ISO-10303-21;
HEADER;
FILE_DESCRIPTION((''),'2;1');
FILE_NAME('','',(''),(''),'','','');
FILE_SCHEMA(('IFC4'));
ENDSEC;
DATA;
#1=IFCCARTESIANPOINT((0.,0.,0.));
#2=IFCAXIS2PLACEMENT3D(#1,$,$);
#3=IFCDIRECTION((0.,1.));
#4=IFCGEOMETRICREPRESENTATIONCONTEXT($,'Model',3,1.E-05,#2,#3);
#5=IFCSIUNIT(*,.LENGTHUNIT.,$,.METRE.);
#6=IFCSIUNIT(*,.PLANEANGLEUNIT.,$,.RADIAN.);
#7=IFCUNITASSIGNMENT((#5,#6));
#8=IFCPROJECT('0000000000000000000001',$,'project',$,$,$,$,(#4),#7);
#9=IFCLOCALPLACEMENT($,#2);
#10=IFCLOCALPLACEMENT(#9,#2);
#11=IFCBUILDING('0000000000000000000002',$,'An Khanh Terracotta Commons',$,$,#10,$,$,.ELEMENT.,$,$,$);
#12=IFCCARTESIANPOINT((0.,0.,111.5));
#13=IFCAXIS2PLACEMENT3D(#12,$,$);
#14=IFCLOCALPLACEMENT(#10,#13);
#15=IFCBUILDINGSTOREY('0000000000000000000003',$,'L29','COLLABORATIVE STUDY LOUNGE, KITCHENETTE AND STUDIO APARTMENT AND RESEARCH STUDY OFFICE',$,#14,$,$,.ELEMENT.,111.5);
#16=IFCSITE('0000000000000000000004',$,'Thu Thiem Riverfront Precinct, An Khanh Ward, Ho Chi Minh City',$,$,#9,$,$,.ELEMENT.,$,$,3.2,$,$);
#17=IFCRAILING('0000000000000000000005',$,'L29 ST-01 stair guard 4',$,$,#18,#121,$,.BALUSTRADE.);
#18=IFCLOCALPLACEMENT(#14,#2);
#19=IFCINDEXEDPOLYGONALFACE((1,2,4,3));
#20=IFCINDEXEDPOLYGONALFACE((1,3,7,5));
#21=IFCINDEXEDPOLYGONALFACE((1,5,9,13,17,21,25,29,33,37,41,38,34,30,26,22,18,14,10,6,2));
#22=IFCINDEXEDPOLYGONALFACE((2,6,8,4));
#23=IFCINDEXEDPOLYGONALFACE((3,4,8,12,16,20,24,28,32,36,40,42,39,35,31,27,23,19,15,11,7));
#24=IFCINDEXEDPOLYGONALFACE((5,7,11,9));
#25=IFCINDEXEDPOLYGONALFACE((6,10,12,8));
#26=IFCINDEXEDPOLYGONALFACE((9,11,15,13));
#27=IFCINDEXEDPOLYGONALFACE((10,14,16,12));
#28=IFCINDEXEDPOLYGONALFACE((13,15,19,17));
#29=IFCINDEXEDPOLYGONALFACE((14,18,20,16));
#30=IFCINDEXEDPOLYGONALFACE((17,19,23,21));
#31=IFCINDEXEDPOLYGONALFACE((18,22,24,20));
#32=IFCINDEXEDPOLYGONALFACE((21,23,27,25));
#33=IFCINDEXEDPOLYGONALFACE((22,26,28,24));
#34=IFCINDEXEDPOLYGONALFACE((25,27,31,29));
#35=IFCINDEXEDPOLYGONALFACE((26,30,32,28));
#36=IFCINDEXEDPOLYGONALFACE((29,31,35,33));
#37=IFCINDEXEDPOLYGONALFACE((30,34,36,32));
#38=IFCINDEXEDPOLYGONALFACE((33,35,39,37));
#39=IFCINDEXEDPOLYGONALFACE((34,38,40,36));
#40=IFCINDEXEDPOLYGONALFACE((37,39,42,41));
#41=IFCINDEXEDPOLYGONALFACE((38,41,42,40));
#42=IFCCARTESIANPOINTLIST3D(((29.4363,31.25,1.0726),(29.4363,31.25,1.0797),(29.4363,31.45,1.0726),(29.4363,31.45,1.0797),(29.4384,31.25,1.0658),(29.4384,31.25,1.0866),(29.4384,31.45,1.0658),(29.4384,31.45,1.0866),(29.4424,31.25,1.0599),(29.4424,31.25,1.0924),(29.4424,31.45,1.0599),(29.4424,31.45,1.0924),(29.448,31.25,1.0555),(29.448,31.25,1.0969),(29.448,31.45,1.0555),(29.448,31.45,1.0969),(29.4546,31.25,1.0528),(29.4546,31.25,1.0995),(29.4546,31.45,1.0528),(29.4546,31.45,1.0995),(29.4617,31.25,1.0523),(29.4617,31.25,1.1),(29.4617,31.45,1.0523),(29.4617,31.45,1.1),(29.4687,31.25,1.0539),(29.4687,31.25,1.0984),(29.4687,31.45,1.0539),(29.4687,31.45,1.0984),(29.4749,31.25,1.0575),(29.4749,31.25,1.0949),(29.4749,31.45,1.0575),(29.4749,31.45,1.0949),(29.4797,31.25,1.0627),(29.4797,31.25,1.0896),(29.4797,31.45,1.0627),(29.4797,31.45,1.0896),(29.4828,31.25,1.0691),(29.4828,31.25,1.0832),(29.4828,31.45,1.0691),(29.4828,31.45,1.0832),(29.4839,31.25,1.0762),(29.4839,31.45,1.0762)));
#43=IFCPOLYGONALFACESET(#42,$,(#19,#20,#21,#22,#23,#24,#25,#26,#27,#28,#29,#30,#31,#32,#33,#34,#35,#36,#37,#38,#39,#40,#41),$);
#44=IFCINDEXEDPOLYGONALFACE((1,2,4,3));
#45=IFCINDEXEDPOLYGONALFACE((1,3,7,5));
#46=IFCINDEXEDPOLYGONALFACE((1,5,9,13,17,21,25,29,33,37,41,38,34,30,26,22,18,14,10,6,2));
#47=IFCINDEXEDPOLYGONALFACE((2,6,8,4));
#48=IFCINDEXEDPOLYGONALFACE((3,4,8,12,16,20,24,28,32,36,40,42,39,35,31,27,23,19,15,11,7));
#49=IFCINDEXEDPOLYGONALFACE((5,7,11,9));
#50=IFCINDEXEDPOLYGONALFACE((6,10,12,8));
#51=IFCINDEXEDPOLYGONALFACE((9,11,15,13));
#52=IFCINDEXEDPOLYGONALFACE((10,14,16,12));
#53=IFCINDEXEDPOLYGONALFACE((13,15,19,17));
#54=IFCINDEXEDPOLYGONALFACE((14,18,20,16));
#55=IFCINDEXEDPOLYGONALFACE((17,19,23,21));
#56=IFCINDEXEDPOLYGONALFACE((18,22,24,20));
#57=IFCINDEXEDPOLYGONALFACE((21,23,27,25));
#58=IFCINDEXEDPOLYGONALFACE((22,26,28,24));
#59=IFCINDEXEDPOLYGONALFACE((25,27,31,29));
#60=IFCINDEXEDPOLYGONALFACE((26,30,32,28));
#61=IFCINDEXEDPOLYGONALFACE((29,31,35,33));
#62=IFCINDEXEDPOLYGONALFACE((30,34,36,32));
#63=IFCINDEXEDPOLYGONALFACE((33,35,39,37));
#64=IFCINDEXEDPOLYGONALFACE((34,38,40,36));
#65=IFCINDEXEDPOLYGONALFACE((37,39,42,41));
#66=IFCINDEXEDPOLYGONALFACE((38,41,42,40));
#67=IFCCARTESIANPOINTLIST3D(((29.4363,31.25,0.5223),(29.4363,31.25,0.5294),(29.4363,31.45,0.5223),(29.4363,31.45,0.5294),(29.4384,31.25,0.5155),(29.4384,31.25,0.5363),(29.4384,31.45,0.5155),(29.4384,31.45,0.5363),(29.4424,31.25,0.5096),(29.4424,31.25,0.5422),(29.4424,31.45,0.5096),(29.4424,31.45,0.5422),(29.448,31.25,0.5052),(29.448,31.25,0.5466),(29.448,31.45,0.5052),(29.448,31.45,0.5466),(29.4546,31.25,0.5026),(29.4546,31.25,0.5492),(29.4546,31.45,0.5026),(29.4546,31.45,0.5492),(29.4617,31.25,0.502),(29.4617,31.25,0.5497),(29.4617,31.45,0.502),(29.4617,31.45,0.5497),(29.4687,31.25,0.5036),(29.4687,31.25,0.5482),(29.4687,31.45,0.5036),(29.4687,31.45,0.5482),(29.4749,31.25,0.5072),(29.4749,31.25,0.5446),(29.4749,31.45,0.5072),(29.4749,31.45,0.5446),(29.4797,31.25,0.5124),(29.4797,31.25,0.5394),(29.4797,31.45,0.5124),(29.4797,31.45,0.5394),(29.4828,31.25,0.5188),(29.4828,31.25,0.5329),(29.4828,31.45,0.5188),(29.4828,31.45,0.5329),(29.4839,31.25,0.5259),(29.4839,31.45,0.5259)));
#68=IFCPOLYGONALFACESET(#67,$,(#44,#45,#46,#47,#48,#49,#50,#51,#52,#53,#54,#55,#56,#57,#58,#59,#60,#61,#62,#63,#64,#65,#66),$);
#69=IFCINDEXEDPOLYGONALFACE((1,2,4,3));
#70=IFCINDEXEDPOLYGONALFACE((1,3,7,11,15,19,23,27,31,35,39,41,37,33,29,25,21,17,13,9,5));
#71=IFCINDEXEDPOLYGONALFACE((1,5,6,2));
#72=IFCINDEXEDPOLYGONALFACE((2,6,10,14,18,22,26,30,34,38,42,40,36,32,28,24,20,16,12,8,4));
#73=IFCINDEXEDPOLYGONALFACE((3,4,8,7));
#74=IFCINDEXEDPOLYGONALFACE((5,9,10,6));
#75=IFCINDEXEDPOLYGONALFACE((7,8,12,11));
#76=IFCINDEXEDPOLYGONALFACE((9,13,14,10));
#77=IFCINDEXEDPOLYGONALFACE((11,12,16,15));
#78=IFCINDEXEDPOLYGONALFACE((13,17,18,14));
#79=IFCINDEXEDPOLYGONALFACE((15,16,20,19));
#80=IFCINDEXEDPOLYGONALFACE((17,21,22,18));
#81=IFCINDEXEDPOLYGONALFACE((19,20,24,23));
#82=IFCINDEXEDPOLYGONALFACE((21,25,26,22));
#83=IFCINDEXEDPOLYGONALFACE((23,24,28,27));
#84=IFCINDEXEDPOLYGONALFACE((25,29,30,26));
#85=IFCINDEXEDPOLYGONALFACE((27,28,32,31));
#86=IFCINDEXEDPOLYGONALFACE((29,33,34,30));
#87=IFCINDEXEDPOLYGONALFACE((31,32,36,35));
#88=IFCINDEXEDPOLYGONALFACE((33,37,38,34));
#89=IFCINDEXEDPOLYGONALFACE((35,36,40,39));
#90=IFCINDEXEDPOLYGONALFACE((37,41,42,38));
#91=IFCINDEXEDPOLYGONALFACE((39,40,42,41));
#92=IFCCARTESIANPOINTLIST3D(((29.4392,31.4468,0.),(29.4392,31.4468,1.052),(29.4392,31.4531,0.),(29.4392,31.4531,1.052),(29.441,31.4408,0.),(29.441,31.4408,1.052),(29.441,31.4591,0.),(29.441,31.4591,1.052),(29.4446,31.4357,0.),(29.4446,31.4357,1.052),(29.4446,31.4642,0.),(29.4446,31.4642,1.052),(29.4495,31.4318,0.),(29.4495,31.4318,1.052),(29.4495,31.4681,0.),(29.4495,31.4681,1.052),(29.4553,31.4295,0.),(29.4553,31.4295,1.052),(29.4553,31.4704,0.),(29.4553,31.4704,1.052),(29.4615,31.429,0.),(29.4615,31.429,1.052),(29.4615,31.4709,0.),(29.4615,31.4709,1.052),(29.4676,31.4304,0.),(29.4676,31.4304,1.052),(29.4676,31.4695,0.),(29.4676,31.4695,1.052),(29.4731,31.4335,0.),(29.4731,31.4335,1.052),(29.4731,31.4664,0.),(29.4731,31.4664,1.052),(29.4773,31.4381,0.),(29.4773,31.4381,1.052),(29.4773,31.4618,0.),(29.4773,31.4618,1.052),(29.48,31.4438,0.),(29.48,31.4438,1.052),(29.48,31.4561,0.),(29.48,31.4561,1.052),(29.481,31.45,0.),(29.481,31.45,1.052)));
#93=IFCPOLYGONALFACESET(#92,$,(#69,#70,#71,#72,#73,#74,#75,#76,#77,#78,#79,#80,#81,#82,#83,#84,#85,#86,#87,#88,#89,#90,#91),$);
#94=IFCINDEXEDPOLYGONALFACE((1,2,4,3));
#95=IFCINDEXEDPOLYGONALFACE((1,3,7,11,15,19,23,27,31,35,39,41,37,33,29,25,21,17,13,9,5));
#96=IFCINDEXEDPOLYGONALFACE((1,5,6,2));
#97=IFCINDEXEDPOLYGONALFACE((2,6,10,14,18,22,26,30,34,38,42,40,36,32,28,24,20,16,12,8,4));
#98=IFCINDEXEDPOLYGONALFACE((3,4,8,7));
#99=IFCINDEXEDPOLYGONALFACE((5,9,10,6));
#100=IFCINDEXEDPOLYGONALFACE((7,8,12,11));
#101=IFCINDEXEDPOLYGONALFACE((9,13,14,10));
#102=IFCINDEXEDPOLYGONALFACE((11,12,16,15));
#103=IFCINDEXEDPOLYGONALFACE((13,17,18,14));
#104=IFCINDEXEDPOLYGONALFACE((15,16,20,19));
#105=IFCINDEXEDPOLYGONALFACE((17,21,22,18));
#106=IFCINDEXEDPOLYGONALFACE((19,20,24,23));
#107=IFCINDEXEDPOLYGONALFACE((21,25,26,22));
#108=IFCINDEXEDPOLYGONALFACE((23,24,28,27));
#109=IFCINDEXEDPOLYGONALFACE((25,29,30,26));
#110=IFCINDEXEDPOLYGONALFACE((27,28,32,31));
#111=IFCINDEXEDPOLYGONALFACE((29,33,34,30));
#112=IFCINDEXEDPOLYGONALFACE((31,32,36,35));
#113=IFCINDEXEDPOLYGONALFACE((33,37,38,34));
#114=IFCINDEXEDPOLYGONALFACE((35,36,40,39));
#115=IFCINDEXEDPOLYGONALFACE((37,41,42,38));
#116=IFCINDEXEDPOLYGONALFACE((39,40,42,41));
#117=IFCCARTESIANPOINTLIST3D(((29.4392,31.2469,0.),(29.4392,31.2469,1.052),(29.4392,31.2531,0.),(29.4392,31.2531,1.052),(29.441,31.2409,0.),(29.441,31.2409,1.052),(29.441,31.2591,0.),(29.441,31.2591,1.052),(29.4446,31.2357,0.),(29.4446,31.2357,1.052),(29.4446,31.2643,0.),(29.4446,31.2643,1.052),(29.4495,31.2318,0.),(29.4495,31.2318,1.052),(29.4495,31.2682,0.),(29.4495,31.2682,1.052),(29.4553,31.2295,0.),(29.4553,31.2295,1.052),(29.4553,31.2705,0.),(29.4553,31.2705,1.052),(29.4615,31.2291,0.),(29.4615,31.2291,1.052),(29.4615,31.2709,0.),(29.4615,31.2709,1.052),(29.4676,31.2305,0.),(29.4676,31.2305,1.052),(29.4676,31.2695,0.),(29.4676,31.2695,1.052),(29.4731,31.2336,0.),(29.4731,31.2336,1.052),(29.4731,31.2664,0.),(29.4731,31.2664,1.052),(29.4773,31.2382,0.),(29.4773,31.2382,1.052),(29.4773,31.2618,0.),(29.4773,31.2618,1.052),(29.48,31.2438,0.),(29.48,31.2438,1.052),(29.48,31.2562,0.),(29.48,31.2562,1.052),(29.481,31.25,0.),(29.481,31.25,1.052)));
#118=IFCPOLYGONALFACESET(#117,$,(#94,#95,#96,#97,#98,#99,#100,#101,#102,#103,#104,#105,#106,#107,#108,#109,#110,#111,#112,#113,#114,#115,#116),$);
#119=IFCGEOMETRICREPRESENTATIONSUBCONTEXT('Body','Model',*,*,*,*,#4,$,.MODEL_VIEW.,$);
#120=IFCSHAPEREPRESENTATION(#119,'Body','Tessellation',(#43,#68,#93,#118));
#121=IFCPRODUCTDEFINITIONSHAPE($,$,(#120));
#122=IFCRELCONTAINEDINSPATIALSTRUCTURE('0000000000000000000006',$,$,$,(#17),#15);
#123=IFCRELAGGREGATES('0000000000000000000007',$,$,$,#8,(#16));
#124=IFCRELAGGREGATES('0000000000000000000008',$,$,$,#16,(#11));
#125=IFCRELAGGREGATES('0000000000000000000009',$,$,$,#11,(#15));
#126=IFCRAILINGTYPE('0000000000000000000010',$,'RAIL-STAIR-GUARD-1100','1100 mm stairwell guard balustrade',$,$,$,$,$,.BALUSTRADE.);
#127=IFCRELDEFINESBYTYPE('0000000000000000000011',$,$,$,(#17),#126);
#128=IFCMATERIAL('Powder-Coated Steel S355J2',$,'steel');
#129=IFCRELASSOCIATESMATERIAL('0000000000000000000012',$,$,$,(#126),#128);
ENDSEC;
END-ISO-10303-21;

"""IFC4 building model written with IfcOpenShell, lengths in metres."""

from ifc_helpers import new_model, si_unit, direction, frame, origin, origin_2d, place, context, subcontext, project, spatial, circle, extrude, material, type_object, element, save


model = new_model("IFC4")

# Units and contexts
model_context = context("Model", 3, precision=1e-05, world=origin(), true_north=direction((0.0, 1.0)))
body_context = subcontext(model_context, "Body", "Model", "MODEL_VIEW")
ifc_project = project(units=[si_unit("LENGTHUNIT", "METRE"), si_unit("PLANEANGLEUNIT", "RADIAN")], contexts=[model_context])

# Site, building, storey
site_placement = place(None, origin())
site = spatial("IfcSite", under=ifc_project, at=site_placement, Name="Thu Thiem Riverfront Precinct, An Khanh Ward, Ho Chi Minh City", CompositionType="ELEMENT", RefElevation=3.2)
building_placement = place(site_placement, origin())
building = spatial("IfcBuilding", under=site, at=building_placement, Name="An Khanh Terracotta Commons", CompositionType="ELEMENT")
storey_placement = place(building_placement, frame((0.0, 0.0, 111.5)))
storey = spatial("IfcBuildingStorey", under=building, at=storey_placement, Name="L29", Description="COLLABORATIVE STUDY LOUNGE, KITCHENETTE AND STUDIO APARTMENT AND RESEARCH STUDY OFFICE", CompositionType="ELEMENT", Elevation=111.5)

# Railing
ifc_material_1 = material(Name="Powder-Coated Steel S355J2", Category="steel")
railing_type_1 = type_object("IfcRailingType", Name="RAIL-STAIR-GUARD-1100", Description="1100 mm stairwell guard balustrade", PredefinedType="BALUSTRADE", material=ifc_material_1)
railing_1_placement = place(storey_placement, frame((29.46, 31.45, 0.0)))
element("IfcRailing", 1, at=railing_1_placement, inside=storey, type_object=railing_type_1, Name="L29 ST-01 stair guard 4", PredefinedType="BALUSTRADE", context=body_context, shape_type="SweptSolid", body=[
    extrude(circle(Radius=0.0239, at=origin_2d()), frame((0.0, 0.0, 1.0762), z_axis=(0.0, -1.0, 0.0), x_axis=(1.0, 0.0, 0.0)), (0.0, 0.0, 1.0), 0.2),
    extrude(circle(Radius=0.0239, at=origin_2d()), frame((0.0, 0.0, 0.5259), z_axis=(0.0, -1.0, 0.0), x_axis=(1.0, 0.0, 0.0)), (0.0, 0.0, 1.0), 0.2),
    extrude(circle(Radius=0.021, at=origin_2d()), origin(), (0.0, 0.0, 1.0), 1.052),
    extrude(circle(Radius=0.021, at=origin_2d()), frame((0.0, -0.2, 0.0)), (0.0, 0.0, 1.0), 1.052),
])

save(model, "model.ifc")
